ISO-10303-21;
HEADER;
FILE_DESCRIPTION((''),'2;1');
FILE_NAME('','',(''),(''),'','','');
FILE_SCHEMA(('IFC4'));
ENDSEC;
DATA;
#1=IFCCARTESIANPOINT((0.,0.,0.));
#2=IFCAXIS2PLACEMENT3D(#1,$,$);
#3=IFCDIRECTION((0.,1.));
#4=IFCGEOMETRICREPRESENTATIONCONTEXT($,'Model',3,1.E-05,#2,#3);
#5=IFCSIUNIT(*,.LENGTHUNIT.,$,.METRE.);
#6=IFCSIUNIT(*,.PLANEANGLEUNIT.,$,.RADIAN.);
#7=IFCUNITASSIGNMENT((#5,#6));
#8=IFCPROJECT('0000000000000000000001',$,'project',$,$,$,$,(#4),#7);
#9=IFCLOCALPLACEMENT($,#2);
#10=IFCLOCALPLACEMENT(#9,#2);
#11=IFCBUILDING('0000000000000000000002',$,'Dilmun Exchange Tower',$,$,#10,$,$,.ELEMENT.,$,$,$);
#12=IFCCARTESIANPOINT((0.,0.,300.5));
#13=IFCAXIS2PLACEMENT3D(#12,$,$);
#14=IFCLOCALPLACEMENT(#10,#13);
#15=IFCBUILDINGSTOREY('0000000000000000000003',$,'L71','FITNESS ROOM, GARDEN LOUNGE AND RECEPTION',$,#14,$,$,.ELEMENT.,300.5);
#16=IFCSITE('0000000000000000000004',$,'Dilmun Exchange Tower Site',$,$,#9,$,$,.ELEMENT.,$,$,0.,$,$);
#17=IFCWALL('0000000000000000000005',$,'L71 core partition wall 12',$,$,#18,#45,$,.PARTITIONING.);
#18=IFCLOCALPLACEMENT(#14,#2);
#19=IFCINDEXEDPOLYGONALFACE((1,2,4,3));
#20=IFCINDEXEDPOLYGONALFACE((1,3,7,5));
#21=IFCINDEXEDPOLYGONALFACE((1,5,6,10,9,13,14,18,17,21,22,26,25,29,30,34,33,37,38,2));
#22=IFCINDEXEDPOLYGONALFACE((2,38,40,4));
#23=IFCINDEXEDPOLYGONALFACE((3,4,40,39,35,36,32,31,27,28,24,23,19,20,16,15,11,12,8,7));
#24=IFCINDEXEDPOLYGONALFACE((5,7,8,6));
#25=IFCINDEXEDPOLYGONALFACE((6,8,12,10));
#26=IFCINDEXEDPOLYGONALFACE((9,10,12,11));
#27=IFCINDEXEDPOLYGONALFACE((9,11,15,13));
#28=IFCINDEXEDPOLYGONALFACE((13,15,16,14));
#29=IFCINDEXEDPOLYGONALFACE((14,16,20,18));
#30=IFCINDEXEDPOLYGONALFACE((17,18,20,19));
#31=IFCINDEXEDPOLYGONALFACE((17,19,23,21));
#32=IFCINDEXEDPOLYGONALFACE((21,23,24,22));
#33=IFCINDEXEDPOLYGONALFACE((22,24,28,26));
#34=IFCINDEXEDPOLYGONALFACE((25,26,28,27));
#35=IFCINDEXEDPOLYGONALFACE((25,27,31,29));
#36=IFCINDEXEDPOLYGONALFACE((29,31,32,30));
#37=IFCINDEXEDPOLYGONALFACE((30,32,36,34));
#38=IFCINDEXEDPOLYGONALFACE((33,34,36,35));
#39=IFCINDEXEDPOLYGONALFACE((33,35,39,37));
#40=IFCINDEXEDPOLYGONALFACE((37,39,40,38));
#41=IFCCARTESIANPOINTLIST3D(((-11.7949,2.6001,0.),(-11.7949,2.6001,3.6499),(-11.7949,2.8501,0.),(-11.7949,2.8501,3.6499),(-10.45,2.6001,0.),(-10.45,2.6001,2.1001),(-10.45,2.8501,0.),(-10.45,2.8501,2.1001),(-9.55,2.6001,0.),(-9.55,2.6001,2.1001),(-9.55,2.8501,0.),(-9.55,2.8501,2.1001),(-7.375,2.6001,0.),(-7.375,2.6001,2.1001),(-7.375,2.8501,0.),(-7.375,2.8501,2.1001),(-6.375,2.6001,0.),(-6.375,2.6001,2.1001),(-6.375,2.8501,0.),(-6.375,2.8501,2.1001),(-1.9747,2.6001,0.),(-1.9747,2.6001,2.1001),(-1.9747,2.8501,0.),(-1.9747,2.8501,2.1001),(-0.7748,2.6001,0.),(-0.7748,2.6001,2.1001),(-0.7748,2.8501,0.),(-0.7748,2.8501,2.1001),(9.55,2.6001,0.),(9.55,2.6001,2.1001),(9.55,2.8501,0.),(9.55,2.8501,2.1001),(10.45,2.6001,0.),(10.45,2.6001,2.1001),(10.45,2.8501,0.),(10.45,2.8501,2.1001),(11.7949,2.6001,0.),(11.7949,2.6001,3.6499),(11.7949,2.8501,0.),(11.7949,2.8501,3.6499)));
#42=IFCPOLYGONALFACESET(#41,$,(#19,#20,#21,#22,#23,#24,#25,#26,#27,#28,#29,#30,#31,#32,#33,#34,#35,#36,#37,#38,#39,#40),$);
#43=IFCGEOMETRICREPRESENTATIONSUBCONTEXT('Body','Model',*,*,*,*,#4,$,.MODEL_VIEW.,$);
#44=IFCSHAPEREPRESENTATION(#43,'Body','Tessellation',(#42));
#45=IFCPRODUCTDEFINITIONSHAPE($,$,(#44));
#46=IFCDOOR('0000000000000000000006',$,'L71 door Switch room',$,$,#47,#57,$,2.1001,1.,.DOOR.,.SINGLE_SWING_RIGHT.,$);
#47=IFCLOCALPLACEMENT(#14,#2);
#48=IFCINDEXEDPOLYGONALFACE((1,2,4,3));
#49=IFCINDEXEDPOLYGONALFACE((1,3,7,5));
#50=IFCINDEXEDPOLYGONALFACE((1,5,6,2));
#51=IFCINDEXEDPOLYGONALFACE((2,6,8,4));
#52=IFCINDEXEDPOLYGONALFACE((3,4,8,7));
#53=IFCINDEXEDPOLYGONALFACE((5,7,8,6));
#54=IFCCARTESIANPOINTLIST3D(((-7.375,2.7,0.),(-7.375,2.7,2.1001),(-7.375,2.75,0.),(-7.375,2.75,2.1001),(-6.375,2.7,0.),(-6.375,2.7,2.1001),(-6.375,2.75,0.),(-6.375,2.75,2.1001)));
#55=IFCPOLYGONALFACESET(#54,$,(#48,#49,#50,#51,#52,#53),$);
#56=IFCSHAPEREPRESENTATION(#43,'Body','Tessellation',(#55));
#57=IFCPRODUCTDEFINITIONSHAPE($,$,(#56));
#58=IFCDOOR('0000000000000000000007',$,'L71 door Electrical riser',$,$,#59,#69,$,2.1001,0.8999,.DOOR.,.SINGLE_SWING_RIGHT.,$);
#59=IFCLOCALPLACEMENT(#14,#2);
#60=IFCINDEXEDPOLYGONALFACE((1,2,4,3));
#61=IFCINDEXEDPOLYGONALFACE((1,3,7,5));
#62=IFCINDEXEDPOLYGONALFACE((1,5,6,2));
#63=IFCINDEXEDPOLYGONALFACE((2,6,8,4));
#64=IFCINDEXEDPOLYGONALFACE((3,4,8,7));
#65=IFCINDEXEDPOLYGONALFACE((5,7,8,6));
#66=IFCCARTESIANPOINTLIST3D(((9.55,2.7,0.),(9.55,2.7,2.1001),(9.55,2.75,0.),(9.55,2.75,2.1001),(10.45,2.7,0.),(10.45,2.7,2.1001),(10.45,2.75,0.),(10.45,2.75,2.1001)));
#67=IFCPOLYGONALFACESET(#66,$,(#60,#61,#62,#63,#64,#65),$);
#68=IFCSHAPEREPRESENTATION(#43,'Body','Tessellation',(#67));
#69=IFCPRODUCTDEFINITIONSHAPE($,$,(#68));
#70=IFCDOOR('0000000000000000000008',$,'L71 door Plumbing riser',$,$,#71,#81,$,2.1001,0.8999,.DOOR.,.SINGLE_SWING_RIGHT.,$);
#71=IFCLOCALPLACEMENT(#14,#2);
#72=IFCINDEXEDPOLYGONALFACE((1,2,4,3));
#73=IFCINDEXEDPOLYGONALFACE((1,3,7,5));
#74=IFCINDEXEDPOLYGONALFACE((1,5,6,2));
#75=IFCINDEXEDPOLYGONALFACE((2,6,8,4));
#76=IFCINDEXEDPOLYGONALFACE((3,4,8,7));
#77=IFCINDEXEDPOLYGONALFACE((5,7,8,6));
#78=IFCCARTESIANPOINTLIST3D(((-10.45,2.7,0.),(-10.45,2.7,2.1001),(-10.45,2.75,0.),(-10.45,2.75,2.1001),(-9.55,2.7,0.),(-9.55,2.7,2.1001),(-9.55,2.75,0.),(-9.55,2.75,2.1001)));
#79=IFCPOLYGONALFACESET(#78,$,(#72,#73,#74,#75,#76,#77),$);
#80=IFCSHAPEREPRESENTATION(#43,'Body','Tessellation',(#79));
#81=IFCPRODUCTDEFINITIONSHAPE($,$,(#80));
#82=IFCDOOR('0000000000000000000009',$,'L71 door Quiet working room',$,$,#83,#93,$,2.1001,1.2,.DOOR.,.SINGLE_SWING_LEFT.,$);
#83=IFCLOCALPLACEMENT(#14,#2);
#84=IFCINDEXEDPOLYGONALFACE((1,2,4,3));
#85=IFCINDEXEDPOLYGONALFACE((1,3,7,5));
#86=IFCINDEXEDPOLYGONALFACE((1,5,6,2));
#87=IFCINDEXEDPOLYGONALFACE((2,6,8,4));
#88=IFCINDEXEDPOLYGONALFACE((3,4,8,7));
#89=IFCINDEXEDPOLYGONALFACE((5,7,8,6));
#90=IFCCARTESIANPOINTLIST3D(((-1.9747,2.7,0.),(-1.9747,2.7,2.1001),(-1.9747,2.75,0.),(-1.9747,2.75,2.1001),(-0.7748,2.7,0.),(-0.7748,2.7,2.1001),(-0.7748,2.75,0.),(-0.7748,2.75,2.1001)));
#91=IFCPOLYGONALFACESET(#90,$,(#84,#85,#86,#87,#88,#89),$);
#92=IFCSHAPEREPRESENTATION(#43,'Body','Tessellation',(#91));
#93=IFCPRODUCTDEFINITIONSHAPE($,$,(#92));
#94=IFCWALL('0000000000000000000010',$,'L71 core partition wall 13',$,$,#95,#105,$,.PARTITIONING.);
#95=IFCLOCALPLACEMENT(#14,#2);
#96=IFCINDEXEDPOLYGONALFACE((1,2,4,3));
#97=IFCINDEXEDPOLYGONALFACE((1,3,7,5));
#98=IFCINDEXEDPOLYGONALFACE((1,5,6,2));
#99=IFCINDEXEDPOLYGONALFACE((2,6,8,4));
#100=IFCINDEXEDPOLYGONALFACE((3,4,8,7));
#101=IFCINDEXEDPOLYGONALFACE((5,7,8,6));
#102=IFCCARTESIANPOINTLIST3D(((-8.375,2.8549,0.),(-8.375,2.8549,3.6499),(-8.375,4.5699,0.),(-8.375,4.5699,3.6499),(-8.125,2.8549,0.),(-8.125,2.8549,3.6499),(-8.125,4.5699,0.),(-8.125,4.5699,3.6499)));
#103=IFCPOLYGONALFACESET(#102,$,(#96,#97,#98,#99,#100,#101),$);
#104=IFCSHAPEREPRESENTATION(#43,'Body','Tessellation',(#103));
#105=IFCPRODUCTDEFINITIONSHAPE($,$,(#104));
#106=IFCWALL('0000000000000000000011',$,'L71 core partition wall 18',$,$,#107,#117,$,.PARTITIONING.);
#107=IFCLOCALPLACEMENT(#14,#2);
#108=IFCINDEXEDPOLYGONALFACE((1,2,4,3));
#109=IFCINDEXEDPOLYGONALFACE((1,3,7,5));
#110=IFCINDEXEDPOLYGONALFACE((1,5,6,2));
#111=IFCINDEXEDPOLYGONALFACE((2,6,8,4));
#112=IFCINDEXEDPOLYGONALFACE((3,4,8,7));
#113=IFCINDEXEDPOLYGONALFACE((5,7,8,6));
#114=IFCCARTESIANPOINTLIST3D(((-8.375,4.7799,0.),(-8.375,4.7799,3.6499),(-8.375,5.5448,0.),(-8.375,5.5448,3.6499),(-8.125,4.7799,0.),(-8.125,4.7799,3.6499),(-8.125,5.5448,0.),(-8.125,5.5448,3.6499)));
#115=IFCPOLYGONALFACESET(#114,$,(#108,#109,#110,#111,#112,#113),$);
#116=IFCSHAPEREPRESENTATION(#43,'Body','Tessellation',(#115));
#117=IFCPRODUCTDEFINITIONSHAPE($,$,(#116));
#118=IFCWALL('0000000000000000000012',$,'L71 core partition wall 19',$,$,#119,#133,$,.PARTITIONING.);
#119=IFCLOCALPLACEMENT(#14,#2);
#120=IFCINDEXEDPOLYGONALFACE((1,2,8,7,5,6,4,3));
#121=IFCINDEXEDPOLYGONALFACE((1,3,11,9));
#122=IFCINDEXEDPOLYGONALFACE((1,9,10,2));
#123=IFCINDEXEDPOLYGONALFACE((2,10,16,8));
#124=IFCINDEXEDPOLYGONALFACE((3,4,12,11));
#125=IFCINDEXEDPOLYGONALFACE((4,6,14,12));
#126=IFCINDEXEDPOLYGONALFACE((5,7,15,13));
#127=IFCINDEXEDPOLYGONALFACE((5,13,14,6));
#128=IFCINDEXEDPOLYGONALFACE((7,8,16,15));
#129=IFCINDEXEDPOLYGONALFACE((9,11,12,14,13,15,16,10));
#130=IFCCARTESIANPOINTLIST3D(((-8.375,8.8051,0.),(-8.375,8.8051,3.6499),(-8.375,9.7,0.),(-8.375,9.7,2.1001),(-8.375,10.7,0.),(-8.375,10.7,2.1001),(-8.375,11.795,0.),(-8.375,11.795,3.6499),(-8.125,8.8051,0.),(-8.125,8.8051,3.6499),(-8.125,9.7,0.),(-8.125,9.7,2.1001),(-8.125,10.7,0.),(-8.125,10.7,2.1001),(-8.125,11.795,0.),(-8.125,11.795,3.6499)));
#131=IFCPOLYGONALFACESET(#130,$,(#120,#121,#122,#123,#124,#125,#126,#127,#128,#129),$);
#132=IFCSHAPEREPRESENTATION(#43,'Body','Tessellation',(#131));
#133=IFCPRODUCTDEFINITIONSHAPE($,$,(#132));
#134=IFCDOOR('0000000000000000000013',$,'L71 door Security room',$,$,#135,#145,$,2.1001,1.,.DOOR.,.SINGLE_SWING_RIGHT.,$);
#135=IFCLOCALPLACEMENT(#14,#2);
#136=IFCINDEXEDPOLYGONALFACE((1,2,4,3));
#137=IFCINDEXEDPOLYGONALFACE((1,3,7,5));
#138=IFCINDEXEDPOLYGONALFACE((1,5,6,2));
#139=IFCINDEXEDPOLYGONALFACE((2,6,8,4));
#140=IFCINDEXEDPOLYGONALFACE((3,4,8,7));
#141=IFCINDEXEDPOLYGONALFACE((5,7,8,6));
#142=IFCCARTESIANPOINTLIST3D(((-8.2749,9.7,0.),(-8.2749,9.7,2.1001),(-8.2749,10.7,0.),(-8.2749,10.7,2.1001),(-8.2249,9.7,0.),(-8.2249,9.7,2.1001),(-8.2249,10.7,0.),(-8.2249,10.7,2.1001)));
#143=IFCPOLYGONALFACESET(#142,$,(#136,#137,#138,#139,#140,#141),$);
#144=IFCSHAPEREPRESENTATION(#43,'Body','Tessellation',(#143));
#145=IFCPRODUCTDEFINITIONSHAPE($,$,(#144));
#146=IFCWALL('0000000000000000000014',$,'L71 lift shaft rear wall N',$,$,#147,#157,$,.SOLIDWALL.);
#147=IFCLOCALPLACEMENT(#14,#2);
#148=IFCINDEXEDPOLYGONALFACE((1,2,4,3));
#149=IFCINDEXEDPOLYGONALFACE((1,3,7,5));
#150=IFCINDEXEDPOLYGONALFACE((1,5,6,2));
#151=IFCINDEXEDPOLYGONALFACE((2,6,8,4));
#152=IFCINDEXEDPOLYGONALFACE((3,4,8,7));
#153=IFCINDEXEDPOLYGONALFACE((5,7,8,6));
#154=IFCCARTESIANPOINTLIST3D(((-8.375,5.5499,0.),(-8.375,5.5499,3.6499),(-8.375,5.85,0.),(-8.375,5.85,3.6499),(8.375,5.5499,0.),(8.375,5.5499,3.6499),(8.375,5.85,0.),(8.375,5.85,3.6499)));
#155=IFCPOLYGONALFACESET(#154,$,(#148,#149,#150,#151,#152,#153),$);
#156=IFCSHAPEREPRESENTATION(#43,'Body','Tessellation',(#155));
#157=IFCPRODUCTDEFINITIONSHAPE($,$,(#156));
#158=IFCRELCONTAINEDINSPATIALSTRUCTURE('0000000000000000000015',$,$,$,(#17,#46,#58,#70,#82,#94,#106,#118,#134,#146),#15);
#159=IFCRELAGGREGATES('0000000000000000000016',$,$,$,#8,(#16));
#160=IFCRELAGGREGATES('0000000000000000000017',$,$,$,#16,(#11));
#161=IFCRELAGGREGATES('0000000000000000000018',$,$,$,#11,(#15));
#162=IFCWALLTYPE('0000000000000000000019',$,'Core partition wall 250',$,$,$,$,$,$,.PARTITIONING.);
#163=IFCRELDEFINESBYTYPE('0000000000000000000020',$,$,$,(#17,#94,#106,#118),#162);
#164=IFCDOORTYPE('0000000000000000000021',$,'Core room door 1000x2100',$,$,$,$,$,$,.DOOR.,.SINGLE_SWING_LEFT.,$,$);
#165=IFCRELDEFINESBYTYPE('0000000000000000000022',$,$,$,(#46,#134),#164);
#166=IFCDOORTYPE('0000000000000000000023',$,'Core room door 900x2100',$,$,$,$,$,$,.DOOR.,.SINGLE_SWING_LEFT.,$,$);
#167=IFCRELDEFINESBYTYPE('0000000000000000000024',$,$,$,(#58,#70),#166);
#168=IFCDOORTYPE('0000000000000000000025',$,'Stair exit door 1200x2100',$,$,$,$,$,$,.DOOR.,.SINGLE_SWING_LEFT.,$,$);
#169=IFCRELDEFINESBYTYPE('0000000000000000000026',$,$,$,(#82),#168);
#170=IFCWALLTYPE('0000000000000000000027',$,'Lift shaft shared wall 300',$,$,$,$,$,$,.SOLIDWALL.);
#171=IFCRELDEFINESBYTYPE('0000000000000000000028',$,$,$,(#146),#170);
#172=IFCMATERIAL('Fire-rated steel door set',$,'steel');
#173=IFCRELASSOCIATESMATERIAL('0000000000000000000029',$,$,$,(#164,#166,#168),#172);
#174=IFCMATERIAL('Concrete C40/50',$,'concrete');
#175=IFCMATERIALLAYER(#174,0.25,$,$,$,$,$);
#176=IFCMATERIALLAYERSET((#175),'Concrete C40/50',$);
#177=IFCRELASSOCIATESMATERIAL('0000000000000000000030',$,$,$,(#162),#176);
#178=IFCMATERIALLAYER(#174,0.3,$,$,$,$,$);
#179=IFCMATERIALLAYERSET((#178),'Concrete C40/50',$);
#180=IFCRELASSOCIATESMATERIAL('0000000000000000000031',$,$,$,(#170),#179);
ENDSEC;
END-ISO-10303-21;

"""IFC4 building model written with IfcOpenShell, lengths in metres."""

from ifc_helpers import new_model, si_unit, direction, frame, frame_2d, origin, place, context, subcontext, project, spatial, rectangle, extrude, material, layer, layer_set, type_object, element, fill, save


model = new_model("IFC4")

# Units and contexts
model_context = context("Model", 3, precision=1e-05, world=origin(), true_north=direction((0.0, 1.0)))
body_context = subcontext(model_context, "Body", "Model", "MODEL_VIEW")
ifc_project = project(units=[si_unit("LENGTHUNIT", "METRE"), si_unit("PLANEANGLEUNIT", "RADIAN")], contexts=[model_context])

# Site, building, storey
site_placement = place(None, origin())
site = spatial("IfcSite", under=ifc_project, at=site_placement, Name="Dilmun Exchange Tower Site", CompositionType="ELEMENT", RefElevation=0.0)
building_placement = place(site_placement, origin())
building = spatial("IfcBuilding", under=site, at=building_placement, Name="Dilmun Exchange Tower", CompositionType="ELEMENT")
storey_placement = place(building_placement, frame((0.0, 0.0, 300.5)))
storey = spatial("IfcBuildingStorey", under=building, at=storey_placement, Name="L71", Description="FITNESS ROOM, GARDEN LOUNGE AND RECEPTION", CompositionType="ELEMENT", Elevation=300.5)

# Shared definitions
ifc_material_1 = material(Name="Concrete C40/50", Category="concrete")

# Shared definitions
ifc_material_2 = material(Name="Fire-rated steel door set", Category="steel")
door_type_1 = type_object("IfcDoorType", Name="Core room door 1000x2100", OperationType="SINGLE_SWING_LEFT", PredefinedType="DOOR", material=ifc_material_2)

# Wall, openings, doors
ifc_layer_1 = layer(ifc_material_1, 0.25)
ifc_layer_set_1 = layer_set([ifc_layer_1], Name="Concrete C40/50")
wall_type_1 = type_object("IfcWallType", Name="Core partition wall 250", PredefinedType="PARTITIONING", material=ifc_layer_set_1)
wall_1_placement = place(storey_placement, frame((-11.7949, 2.7251, 0.0), z_axis=(0.0, 0.0, 1.0), x_axis=(1.0, 0.0, 0.0)))
wall_1 = element("IfcWall", 1, at=wall_1_placement, inside=storey, type_object=wall_type_1, Name="L71 core partition wall 12", PredefinedType="PARTITIONING", context=body_context, shape_type="SweptSolid", body=[
    extrude(rectangle(XDim=23.5898, YDim=0.25, at=frame_2d((11.7949, 0.0))), origin(), (0.0, 0.0, 1.0), 3.6499),
])
opening_1_placement = place(wall_1_placement, frame((21.345, 0.0, 0.0)))
opening_1 = element("IfcOpeningElement", 2, at=opening_1_placement, cuts=wall_1, PredefinedType="OPENING", context=body_context, shape_type="SweptSolid", body=[
    extrude(rectangle(XDim=0.8999, YDim=2.1001, at=frame_2d((0.45, 1.05))), frame((0.0, 0.135, 0.0), z_axis=(0.0, -1.0, 0.0), x_axis=(1.0, 0.0, 0.0)), (0.0, 0.0, 1.0), 0.27),
])
opening_2_placement = place(wall_1_placement, frame((1.345, 0.0, 0.0)))
opening_2 = element("IfcOpeningElement", 3, at=opening_2_placement, cuts=wall_1, PredefinedType="OPENING", context=body_context, shape_type="SweptSolid", body=[
    extrude(rectangle(XDim=0.8999, YDim=2.1001, at=frame_2d((0.45, 1.05))), frame((0.0, 0.135, 0.0), z_axis=(0.0, -1.0, 0.0), x_axis=(1.0, 0.0, 0.0)), (0.0, 0.0, 1.0), 0.27),
])
opening_3_placement = place(wall_1_placement, frame((4.4199, 0.0, 0.0)))
opening_3 = element("IfcOpeningElement", 4, at=opening_3_placement, cuts=wall_1, PredefinedType="OPENING", context=body_context, shape_type="SweptSolid", body=[
    extrude(rectangle(XDim=1.0, YDim=2.1001, at=frame_2d((0.5, 1.05))), frame((0.0, 0.135, 0.0), z_axis=(0.0, -1.0, 0.0), x_axis=(1.0, 0.0, 0.0)), (0.0, 0.0, 1.0), 0.27),
])
opening_4_placement = place(wall_1_placement, frame((9.8201, 0.0, 0.0)))
opening_4 = element("IfcOpeningElement", 5, at=opening_4_placement, cuts=wall_1, PredefinedType="OPENING", context=body_context, shape_type="SweptSolid", body=[
    extrude(rectangle(XDim=1.2, YDim=2.1001, at=frame_2d((0.6001, 1.05))), frame((0.0, 0.135, 0.0), z_axis=(0.0, -1.0, 0.0), x_axis=(1.0, 0.0, 0.0)), (0.0, 0.0, 1.0), 0.27),
])
door_1_placement = place(opening_3_placement, origin())
door_1 = element("IfcDoor", 6, at=door_1_placement, inside=storey, type_object=door_type_1, Name="L71 door Switch room", OperationType="SINGLE_SWING_RIGHT", OverallHeight=2.1001, OverallWidth=1.0, PredefinedType="DOOR", context=body_context, shape_type="SweptSolid", body=[
    extrude(rectangle(XDim=1.0, YDim=2.1001, at=frame_2d((0.5, 1.05))), frame((0.0, 0.0249, 0.0), z_axis=(0.0, -1.0, 0.0), x_axis=(1.0, 0.0, 0.0)), (0.0, 0.0, 1.0), 0.05),
])
fill(opening_3, door_1)
door_type_2 = type_object("IfcDoorType", Name="Core room door 900x2100", OperationType="SINGLE_SWING_LEFT", PredefinedType="DOOR", material=ifc_material_2)
door_2_placement = place(opening_1_placement, origin())
door_2 = element("IfcDoor", 7, at=door_2_placement, inside=storey, type_object=door_type_2, Name="L71 door Electrical riser", OperationType="SINGLE_SWING_RIGHT", OverallHeight=2.1001, OverallWidth=0.8999, PredefinedType="DOOR", context=body_context, shape_type="SweptSolid", body=[
    extrude(rectangle(XDim=0.8999, YDim=2.1001, at=frame_2d((0.45, 1.05))), frame((0.0, 0.0249, 0.0), z_axis=(0.0, -1.0, 0.0), x_axis=(1.0, 0.0, 0.0)), (0.0, 0.0, 1.0), 0.05),
])
fill(opening_1, door_2)
door_3_placement = place(opening_2_placement, origin())
door_3 = element("IfcDoor", 8, at=door_3_placement, inside=storey, type_object=door_type_2, Name="L71 door Plumbing riser", OperationType="SINGLE_SWING_RIGHT", OverallHeight=2.1001, OverallWidth=0.8999, PredefinedType="DOOR", context=body_context, shape_type="SweptSolid", body=[
    extrude(rectangle(XDim=0.8999, YDim=2.1001, at=frame_2d((0.45, 1.05))), frame((0.0, 0.0249, 0.0), z_axis=(0.0, -1.0, 0.0), x_axis=(1.0, 0.0, 0.0)), (0.0, 0.0, 1.0), 0.05),
])
fill(opening_2, door_3)
door_type_3 = type_object("IfcDoorType", Name="Stair exit door 1200x2100", OperationType="SINGLE_SWING_LEFT", PredefinedType="DOOR", material=ifc_material_2)
door_4_placement = place(opening_4_placement, origin())
door_4 = element("IfcDoor", 9, at=door_4_placement, inside=storey, type_object=door_type_3, Name="L71 door Quiet working room", OperationType="SINGLE_SWING_LEFT", OverallHeight=2.1001, OverallWidth=1.2, PredefinedType="DOOR", context=body_context, shape_type="SweptSolid", body=[
    extrude(rectangle(XDim=1.2, YDim=2.1001, at=frame_2d((0.6001, 1.05))), frame((0.0, 0.0249, 0.0), z_axis=(0.0, -1.0, 0.0), x_axis=(1.0, 0.0, 0.0)), (0.0, 0.0, 1.0), 0.05),
])
fill(opening_4, door_4)

# Walls
wall_2_placement = place(storey_placement, frame((-8.25, 2.855, 0.0), z_axis=(0.0, 0.0, 1.0), x_axis=(0.0, 1.0, 0.0)))
element("IfcWall", 10, at=wall_2_placement, inside=storey, type_object=wall_type_1, Name="L71 core partition wall 13", PredefinedType="PARTITIONING", context=body_context, shape_type="SweptSolid", body=[
    extrude(rectangle(XDim=1.7151, YDim=0.25, at=frame_2d((0.8574, 0.0))), origin(), (0.0, 0.0, 1.0), 3.6499),
])
wall_3_placement = place(storey_placement, frame((-8.25, 4.78, 0.0), z_axis=(0.0, 0.0, 1.0), x_axis=(0.0, 1.0, 0.0)))
element("IfcWall", 11, at=wall_3_placement, inside=storey, type_object=wall_type_1, Name="L71 core partition wall 18", PredefinedType="PARTITIONING", context=body_context, shape_type="SweptSolid", body=[
    extrude(rectangle(XDim=0.7649, YDim=0.25, at=frame_2d((0.3823, 0.0))), origin(), (0.0, 0.0, 1.0), 3.6499),
])

# Wall, opening, door
wall_4_placement = place(storey_placement, frame((-8.25, 8.8049, 0.0), z_axis=(0.0, 0.0, 1.0), x_axis=(0.0, 1.0, 0.0)))
wall_4 = element("IfcWall", 12, at=wall_4_placement, inside=storey, type_object=wall_type_1, Name="L71 core partition wall 19", PredefinedType="PARTITIONING", context=body_context, shape_type="SweptSolid", body=[
    extrude(rectangle(XDim=2.99, YDim=0.25, at=frame_2d((1.4951, 0.0))), origin(), (0.0, 0.0, 1.0), 3.6499),
])
opening_5_placement = place(wall_4_placement, frame((0.895, 0.0, 0.0)))
opening_5 = element("IfcOpeningElement", 13, at=opening_5_placement, cuts=wall_4, PredefinedType="OPENING", context=body_context, shape_type="SweptSolid", body=[
    extrude(rectangle(XDim=1.0, YDim=2.1001, at=frame_2d((0.5, 1.05))), frame((0.0, 0.135, 0.0), z_axis=(0.0, -1.0, 0.0), x_axis=(1.0, 0.0, 0.0)), (0.0, 0.0, 1.0), 0.27),
])
door_5_placement = place(opening_5_placement, origin())
door_5 = element("IfcDoor", 14, at=door_5_placement, inside=storey, type_object=door_type_1, Name="L71 door Security room", OperationType="SINGLE_SWING_RIGHT", OverallHeight=2.1001, OverallWidth=1.0, PredefinedType="DOOR", context=body_context, shape_type="SweptSolid", body=[
    extrude(rectangle(XDim=1.0, YDim=2.1001, at=frame_2d((0.5, 1.05))), frame((0.0, 0.0249, 0.0), z_axis=(0.0, -1.0, 0.0), x_axis=(1.0, 0.0, 0.0)), (0.0, 0.0, 1.0), 0.05),
])
fill(opening_5, door_5)

# Wall
ifc_layer_2 = layer(ifc_material_1, 0.3)
ifc_layer_set_2 = layer_set([ifc_layer_2], Name="Concrete C40/50")
wall_type_2 = type_object("IfcWallType", Name="Lift shaft shared wall 300", PredefinedType="SOLIDWALL", material=ifc_layer_set_2)
wall_5_placement = place(storey_placement, frame((-8.375, 5.7, 0.0), z_axis=(0.0, 0.0, 1.0), x_axis=(1.0, 0.0, 0.0)))
element("IfcWall", 15, at=wall_5_placement, inside=storey, type_object=wall_type_2, Name="L71 lift shaft rear wall N", PredefinedType="SOLIDWALL", context=body_context, shape_type="SweptSolid", body=[
    extrude(rectangle(XDim=16.75, YDim=0.3, at=frame_2d((8.375, 0.0))), origin(), (0.0, 0.0, 1.0), 3.6499),
])

save(model, "model.ifc")
